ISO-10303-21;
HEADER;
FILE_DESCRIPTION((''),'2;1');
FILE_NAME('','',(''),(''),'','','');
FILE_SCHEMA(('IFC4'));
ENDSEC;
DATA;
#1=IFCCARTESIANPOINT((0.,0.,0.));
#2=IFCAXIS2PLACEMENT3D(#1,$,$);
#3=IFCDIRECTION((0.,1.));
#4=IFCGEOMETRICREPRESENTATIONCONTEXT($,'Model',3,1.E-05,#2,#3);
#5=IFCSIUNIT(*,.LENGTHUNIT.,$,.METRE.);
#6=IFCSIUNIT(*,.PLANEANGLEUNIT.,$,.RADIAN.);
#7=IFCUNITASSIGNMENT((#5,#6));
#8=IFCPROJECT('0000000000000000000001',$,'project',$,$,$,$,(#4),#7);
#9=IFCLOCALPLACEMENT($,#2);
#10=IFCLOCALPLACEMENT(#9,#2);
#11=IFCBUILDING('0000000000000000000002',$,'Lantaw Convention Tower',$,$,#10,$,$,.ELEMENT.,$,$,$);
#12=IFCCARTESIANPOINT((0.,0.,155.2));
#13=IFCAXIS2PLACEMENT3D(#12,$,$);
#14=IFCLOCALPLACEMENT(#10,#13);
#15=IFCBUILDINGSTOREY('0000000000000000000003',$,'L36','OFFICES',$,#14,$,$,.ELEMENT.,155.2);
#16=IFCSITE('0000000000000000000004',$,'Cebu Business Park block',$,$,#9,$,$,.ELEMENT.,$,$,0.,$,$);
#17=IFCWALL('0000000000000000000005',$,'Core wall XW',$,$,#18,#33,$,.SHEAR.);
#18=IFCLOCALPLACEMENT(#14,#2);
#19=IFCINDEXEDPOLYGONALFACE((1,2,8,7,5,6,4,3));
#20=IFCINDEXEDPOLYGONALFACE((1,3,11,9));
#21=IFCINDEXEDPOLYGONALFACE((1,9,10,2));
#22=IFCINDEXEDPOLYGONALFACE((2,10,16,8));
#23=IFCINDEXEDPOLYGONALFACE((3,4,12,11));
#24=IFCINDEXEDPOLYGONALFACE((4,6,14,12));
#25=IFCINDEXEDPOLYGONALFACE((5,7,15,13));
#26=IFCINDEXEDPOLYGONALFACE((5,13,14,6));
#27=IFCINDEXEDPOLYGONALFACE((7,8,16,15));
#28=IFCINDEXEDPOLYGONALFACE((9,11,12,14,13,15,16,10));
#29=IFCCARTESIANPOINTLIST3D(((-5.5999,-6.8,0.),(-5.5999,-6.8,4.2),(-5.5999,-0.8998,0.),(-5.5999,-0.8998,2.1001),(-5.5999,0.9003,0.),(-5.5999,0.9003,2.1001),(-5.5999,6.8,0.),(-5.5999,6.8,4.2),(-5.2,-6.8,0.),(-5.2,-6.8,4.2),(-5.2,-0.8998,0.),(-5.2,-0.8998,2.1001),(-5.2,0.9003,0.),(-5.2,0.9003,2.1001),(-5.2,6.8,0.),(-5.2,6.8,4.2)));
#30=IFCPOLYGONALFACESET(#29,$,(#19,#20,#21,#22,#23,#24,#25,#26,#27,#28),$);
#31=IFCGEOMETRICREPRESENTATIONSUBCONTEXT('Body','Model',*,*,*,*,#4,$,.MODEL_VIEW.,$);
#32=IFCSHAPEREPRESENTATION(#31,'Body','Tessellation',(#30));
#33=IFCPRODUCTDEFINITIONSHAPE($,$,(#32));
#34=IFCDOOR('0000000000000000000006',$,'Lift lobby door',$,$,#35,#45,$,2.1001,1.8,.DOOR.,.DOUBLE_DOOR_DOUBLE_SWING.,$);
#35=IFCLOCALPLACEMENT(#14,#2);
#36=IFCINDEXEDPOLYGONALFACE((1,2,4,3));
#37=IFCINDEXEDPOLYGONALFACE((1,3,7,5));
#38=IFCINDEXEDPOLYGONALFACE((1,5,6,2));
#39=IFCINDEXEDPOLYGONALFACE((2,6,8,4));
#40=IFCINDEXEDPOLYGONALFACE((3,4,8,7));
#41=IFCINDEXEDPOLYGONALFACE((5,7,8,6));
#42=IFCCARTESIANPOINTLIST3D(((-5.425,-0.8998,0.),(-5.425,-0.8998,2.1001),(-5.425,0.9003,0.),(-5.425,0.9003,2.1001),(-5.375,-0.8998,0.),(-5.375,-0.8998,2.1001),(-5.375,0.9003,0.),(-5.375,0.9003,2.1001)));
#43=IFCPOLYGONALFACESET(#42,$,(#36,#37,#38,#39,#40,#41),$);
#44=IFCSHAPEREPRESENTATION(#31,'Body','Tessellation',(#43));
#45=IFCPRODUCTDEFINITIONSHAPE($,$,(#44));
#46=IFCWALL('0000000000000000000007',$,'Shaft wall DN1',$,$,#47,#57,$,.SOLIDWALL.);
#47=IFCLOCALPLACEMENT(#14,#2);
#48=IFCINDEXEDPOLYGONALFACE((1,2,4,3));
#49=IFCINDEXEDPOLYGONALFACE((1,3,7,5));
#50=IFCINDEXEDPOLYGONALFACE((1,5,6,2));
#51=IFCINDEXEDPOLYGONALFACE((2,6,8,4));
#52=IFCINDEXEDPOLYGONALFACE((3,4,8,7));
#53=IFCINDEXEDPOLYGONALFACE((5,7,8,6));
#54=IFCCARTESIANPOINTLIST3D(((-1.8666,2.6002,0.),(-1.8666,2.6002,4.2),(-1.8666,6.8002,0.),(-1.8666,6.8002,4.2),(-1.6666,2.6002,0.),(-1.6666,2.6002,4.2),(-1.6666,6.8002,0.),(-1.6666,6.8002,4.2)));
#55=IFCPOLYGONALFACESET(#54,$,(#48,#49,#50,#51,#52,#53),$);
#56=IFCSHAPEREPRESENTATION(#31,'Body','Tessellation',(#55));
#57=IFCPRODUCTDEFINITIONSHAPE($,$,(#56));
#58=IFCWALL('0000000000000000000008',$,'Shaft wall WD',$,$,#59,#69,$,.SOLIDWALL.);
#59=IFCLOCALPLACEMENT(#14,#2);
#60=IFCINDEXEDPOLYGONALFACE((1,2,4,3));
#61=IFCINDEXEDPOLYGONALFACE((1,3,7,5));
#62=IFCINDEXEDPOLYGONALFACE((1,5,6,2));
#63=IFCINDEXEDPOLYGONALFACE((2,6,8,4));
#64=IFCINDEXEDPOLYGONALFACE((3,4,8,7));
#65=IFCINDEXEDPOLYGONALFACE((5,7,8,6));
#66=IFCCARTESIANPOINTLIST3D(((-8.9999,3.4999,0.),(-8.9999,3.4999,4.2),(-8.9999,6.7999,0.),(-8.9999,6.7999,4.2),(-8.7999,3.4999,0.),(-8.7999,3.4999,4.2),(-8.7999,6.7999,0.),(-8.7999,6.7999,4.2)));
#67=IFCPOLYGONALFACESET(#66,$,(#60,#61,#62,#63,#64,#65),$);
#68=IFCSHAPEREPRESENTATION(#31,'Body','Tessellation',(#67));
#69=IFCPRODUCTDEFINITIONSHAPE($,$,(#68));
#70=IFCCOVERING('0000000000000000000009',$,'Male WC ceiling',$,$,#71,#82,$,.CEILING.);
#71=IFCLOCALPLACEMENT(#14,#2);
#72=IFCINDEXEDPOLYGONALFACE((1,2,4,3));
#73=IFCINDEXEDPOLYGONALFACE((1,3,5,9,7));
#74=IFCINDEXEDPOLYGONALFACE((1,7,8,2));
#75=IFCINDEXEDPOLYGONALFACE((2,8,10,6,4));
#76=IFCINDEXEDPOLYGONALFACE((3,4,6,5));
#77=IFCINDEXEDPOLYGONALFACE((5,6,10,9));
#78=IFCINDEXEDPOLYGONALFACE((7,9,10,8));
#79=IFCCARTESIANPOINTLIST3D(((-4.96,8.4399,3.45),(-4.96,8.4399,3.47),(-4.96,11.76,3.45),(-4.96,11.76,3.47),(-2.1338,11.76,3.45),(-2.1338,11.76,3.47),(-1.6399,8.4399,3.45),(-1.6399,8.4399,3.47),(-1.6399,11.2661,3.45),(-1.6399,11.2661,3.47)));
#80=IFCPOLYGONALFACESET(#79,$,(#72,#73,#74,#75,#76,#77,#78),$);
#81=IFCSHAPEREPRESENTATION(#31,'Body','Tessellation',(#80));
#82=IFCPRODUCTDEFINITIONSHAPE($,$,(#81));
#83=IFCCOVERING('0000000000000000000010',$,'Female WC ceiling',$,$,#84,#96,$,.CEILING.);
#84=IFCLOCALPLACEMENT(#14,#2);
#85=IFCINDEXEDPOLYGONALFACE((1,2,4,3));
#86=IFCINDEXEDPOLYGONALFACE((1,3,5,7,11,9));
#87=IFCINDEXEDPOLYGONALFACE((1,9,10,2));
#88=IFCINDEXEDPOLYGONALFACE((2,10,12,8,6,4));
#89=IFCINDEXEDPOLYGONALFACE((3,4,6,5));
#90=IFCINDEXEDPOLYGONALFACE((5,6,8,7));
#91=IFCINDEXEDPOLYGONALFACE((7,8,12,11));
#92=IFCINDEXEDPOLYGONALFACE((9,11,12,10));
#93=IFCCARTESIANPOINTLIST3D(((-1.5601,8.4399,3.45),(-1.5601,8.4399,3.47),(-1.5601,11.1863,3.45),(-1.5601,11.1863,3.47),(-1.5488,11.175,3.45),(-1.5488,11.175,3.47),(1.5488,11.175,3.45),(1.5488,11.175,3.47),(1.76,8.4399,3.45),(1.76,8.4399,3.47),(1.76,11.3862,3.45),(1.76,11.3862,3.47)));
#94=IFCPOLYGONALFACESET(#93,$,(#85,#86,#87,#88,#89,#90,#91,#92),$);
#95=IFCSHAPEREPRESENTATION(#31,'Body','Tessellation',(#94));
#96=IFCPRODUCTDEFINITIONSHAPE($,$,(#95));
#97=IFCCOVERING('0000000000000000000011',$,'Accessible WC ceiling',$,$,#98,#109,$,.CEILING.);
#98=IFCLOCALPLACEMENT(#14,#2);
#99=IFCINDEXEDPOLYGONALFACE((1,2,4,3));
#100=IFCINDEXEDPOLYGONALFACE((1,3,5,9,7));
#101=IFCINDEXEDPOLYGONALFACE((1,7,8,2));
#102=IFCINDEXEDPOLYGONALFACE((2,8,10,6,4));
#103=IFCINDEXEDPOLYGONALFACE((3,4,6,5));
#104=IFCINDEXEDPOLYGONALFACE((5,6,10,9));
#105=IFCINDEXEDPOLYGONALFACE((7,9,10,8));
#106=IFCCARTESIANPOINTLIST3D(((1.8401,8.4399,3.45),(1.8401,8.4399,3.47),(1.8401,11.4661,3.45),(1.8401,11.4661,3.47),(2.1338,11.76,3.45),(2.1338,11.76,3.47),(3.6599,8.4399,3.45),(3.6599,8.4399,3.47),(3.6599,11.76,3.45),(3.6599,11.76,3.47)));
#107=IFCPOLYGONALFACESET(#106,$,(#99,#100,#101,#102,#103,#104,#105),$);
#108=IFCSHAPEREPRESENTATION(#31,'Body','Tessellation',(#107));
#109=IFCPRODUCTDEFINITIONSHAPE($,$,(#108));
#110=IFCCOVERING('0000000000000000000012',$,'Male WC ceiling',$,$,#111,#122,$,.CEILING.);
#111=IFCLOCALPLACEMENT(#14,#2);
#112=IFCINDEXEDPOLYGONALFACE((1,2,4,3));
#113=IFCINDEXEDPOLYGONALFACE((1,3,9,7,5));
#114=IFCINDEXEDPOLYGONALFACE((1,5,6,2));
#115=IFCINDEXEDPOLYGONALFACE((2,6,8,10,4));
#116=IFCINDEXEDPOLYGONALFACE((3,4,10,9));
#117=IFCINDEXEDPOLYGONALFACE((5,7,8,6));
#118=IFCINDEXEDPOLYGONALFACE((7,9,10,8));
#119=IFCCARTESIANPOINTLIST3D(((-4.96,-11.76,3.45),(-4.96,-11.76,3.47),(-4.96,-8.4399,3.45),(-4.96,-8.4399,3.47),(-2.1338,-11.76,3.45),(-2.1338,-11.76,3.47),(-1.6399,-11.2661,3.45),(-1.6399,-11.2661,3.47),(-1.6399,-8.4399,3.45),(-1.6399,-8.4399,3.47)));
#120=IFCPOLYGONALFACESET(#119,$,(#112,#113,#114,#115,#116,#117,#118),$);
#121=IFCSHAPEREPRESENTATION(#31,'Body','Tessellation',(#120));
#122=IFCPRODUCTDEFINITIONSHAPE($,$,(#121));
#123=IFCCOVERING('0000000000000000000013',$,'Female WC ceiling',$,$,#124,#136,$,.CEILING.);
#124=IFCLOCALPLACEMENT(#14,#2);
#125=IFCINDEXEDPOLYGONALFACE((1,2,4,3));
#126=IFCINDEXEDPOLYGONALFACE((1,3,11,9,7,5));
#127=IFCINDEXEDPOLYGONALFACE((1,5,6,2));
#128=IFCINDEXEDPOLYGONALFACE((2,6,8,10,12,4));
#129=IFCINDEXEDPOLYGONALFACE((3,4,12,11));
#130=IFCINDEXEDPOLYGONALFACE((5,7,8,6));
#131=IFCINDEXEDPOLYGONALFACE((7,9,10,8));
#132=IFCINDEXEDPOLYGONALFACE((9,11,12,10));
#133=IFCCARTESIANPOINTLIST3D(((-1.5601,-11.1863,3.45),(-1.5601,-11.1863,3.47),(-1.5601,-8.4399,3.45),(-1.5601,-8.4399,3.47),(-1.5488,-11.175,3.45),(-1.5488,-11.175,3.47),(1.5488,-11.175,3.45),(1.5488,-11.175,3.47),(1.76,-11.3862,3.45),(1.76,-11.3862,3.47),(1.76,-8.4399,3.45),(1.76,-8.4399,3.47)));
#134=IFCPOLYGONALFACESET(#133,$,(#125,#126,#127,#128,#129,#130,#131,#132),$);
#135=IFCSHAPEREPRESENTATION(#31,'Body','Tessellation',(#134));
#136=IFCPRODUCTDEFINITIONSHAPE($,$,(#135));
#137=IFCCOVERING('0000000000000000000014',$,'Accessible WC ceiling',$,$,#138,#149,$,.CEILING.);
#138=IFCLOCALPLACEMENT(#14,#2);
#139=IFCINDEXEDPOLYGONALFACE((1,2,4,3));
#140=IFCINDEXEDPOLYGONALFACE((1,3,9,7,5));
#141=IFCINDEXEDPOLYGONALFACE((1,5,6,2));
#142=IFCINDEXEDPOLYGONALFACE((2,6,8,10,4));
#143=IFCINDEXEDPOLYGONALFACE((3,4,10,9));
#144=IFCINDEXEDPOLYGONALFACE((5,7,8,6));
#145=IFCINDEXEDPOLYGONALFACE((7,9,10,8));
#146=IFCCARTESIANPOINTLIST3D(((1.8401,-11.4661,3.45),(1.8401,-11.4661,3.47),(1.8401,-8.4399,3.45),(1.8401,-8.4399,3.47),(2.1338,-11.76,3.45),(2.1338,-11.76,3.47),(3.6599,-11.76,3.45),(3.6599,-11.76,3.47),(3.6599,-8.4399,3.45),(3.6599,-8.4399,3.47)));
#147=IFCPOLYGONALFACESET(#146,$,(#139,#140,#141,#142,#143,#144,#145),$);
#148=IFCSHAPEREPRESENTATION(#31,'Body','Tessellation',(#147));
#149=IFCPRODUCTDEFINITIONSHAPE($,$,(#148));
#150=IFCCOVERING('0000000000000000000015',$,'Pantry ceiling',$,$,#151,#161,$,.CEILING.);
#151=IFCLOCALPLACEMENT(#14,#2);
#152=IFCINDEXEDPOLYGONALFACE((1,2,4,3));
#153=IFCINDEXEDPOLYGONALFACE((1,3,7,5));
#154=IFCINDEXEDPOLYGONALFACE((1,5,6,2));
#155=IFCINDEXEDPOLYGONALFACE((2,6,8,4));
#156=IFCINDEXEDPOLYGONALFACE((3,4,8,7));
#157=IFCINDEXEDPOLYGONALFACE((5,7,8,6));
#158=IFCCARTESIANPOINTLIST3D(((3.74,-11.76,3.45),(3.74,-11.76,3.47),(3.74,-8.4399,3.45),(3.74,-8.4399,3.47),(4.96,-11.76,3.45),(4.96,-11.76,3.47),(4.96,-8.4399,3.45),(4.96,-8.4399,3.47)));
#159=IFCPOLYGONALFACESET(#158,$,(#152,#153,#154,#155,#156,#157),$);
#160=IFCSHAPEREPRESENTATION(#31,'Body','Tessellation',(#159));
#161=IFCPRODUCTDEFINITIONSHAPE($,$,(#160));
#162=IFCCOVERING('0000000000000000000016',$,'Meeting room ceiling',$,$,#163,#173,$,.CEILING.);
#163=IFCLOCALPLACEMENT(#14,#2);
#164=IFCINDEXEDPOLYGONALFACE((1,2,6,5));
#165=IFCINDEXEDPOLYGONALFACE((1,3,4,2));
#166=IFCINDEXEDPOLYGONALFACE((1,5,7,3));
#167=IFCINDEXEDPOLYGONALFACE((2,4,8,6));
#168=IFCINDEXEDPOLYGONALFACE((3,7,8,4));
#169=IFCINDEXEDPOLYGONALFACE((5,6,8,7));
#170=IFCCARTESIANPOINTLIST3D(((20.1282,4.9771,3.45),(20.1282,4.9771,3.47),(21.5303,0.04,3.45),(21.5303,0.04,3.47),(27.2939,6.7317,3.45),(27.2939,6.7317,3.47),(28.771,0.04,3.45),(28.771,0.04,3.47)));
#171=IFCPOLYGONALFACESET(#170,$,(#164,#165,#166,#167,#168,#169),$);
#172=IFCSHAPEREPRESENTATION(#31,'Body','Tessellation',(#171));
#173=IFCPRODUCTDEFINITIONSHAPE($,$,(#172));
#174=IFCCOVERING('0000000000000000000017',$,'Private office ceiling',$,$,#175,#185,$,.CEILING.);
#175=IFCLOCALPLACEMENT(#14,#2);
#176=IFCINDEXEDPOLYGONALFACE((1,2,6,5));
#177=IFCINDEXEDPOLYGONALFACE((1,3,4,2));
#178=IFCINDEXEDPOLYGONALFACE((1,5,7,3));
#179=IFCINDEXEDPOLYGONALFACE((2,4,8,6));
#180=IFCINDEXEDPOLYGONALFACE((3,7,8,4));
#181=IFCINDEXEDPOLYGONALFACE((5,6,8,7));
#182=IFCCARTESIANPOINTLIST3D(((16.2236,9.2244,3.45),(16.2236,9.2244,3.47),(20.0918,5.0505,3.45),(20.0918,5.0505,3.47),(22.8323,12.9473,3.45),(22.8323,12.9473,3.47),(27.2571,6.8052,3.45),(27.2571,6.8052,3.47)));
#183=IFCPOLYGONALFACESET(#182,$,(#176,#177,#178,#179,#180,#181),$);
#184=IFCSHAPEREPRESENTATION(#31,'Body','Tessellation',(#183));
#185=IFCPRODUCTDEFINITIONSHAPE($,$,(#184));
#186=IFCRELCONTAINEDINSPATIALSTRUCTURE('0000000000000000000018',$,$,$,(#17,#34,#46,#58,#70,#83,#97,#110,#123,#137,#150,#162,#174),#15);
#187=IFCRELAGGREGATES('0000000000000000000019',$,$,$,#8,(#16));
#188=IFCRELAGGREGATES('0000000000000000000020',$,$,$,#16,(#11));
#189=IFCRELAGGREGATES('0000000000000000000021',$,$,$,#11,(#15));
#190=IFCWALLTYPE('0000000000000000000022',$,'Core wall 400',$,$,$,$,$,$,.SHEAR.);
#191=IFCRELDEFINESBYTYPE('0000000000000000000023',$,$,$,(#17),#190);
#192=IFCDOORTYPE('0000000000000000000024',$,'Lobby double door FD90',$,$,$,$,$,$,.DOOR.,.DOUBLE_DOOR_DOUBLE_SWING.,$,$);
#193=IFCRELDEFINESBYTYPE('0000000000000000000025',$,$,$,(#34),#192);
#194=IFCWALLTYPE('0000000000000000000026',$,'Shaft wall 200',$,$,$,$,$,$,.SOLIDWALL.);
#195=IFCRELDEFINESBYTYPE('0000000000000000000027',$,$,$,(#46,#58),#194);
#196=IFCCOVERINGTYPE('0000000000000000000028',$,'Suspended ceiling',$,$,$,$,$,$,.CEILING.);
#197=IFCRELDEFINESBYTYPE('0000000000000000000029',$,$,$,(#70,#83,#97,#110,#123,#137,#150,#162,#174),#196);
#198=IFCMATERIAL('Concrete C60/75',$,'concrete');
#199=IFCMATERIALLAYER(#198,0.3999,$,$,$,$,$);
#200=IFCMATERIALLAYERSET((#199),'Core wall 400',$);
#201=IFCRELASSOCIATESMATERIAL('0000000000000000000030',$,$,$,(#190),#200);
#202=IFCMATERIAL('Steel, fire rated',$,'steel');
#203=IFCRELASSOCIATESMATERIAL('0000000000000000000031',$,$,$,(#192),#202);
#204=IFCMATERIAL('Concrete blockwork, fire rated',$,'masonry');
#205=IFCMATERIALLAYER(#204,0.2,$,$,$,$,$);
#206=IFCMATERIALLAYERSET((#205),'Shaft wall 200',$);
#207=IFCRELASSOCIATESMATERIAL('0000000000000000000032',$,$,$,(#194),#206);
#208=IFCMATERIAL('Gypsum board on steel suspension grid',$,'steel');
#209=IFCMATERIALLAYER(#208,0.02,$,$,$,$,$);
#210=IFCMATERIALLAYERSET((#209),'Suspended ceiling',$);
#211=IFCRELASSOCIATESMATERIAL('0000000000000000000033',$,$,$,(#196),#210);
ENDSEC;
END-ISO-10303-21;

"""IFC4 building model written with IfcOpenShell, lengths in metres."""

from ifc_helpers import new_model, si_unit, direction, frame, frame_2d, origin, place, context, subcontext, project, spatial, polyline, rectangle, outline, extrude, material, layer, layer_set, type_object, element, fill, save


model = new_model("IFC4")

# Units and contexts
model_context = context("Model", 3, precision=1e-05, world=origin(), true_north=direction((0.0, 1.0)))
body_context = subcontext(model_context, "Body", "Model", "MODEL_VIEW")
ifc_project = project(units=[si_unit("LENGTHUNIT", "METRE"), si_unit("PLANEANGLEUNIT", "RADIAN")], contexts=[model_context])

# Site, building, storey
site_placement = place(None, origin())
site = spatial("IfcSite", under=ifc_project, at=site_placement, Name="Cebu Business Park block", CompositionType="ELEMENT", RefElevation=0.0)
building_placement = place(site_placement, origin())
building = spatial("IfcBuilding", under=site, at=building_placement, Name="Lantaw Convention Tower", CompositionType="ELEMENT")
storey_placement = place(building_placement, frame((0.0, 0.0, 155.2)))
storey = spatial("IfcBuildingStorey", under=building, at=storey_placement, Name="L36", Description="OFFICES", CompositionType="ELEMENT", Elevation=155.2)

# Wall, opening, door
ifc_material_1 = material(Name="Concrete C60/75", Category="concrete")
ifc_layer_1 = layer(ifc_material_1, 0.3999)
ifc_layer_set_1 = layer_set([ifc_layer_1], Name="Core wall 400")
wall_type_1 = type_object("IfcWallType", Name="Core wall 400", PredefinedType="SHEAR", material=ifc_layer_set_1)
wall_1_placement = place(storey_placement, frame((-5.3999, 6.8, 0.0), z_axis=(0.0, 0.0, 1.0), x_axis=(0.0, -1.0, 0.0)))
wall_1 = element("IfcWall", 1, at=wall_1_placement, inside=storey, type_object=wall_type_1, Name="Core wall XW", PredefinedType="SHEAR", context=body_context, shape_type="SweptSolid", body=[
    extrude(rectangle(XDim=13.6001, YDim=0.3999, at=frame_2d((6.8, 0.0))), origin(), (0.0, 0.0, 1.0), 4.2),
])
opening_placement = place(wall_1_placement, frame((5.8999, 0.0, 0.0)))
opening = element("IfcOpeningElement", 2, at=opening_placement, cuts=wall_1, PredefinedType="OPENING", context=body_context, shape_type="SweptSolid", body=[
    extrude(rectangle(XDim=1.8, YDim=2.1001, at=frame_2d((0.8999, 1.05))), frame((0.0, 0.21, 0.0), z_axis=(0.0, -1.0, 0.0), x_axis=(1.0, 0.0, 0.0)), (0.0, 0.0, 1.0), 0.4199),
])
ifc_material_2 = material(Name="Steel, fire rated", Category="steel")
door_type = type_object("IfcDoorType", Name="Lobby double door FD90", OperationType="DOUBLE_DOOR_DOUBLE_SWING", PredefinedType="DOOR", material=ifc_material_2)
door_placement = place(opening_placement, origin())
door = element("IfcDoor", 3, at=door_placement, inside=storey, type_object=door_type, Name="Lift lobby door", OperationType="DOUBLE_DOOR_DOUBLE_SWING", OverallHeight=2.1001, OverallWidth=1.8, PredefinedType="DOOR", context=body_context, shape_type="SweptSolid", body=[
    extrude(rectangle(XDim=1.8, YDim=2.1001, at=frame_2d((0.8999, 1.05))), frame((0.0, 0.0249, 0.0), z_axis=(0.0, -1.0, 0.0), x_axis=(1.0, 0.0, 0.0)), (0.0, 0.0, 1.0), 0.05),
])
fill(opening, door)

# Walls
ifc_material_3 = material(Name="Concrete blockwork, fire rated", Category="masonry")
ifc_layer_2 = layer(ifc_material_3, 0.2)
ifc_layer_set_2 = layer_set([ifc_layer_2], Name="Shaft wall 200")
wall_type_2 = type_object("IfcWallType", Name="Shaft wall 200", PredefinedType="SOLIDWALL", material=ifc_layer_set_2)
wall_2_placement = place(storey_placement, frame((-1.7666, 2.6001, 0.0), z_axis=(0.0, 0.0, 1.0), x_axis=(0.0, 1.0, 0.0)))
element("IfcWall", 4, at=wall_2_placement, inside=storey, type_object=wall_type_2, Name="Shaft wall DN1", PredefinedType="SOLIDWALL", context=body_context, shape_type="SweptSolid", body=[
    extrude(rectangle(XDim=4.2, YDim=0.2, at=frame_2d((2.1001, 0.0))), origin(), (0.0, 0.0, 1.0), 4.2),
])
wall_3_placement = place(storey_placement, frame((-8.8999, 3.5, 0.0), z_axis=(0.0, 0.0, 1.0), x_axis=(0.0, 1.0, 0.0)))
element("IfcWall", 5, at=wall_3_placement, inside=storey, type_object=wall_type_2, Name="Shaft wall WD", PredefinedType="SOLIDWALL", context=body_context, shape_type="SweptSolid", body=[
    extrude(rectangle(XDim=3.3, YDim=0.2, at=frame_2d((1.6499, 0.0))), origin(), (0.0, 0.0, 1.0), 4.2),
])

# Coverings
ifc_material_4 = material(Name="Gypsum board on steel suspension grid", Category="steel")
ifc_layer_3 = layer(ifc_material_4, 0.02)
ifc_layer_set_3 = layer_set([ifc_layer_3], Name="Suspended ceiling")
covering_type = type_object("IfcCoveringType", Name="Suspended ceiling", PredefinedType="CEILING", material=ifc_layer_set_3)
covering_1_placement = place(storey_placement, frame((0.0, 0.0, 3.45)))
element("IfcCovering", 6, at=covering_1_placement, inside=storey, type_object=covering_type, Name="Male WC ceiling", PredefinedType="CEILING", context=body_context, shape_type="SweptSolid", body=[
    extrude(outline(polyline([(-4.96, 11.76), (-4.96, 8.4399), (-1.6399, 8.4399), (-1.6399, 11.2661), (-2.1338, 11.76), (-4.96, 11.76)])), origin(), (0.0, 0.0, 1.0), 0.02),
])
covering_2_placement = place(storey_placement, frame((0.0, 0.0, 3.45)))
element("IfcCovering", 7, at=covering_2_placement, inside=storey, type_object=covering_type, Name="Female WC ceiling", PredefinedType="CEILING", context=body_context, shape_type="SweptSolid", body=[
    extrude(outline(polyline([(-1.5601, 11.1863), (-1.5601, 8.4399), (1.76, 8.4399), (1.76, 11.3862), (1.5488, 11.175), (-1.5488, 11.175), (-1.5601, 11.1863)])), origin(), (0.0, 0.0, 1.0), 0.02),
])
covering_3_placement = place(storey_placement, frame((0.0, 0.0, 3.45)))
element("IfcCovering", 8, at=covering_3_placement, inside=storey, type_object=covering_type, Name="Accessible WC ceiling", PredefinedType="CEILING", context=body_context, shape_type="SweptSolid", body=[
    extrude(outline(polyline([(1.8401, 11.4661), (1.8401, 8.4399), (3.6599, 8.4399), (3.6599, 11.76), (2.1338, 11.76), (1.8401, 11.4661)])), origin(), (0.0, 0.0, 1.0), 0.02),
])
covering_4_placement = place(storey_placement, frame((0.0, 0.0, 3.45)))
element("IfcCovering", 9, at=covering_4_placement, inside=storey, type_object=covering_type, Name="Male WC ceiling", PredefinedType="CEILING", context=body_context, shape_type="SweptSolid", body=[
    extrude(outline(polyline([(-4.96, -8.4399), (-4.96, -11.76), (-2.1338, -11.76), (-1.6399, -11.2661), (-1.6399, -8.4399), (-4.96, -8.4399)])), origin(), (0.0, 0.0, 1.0), 0.02),
])
covering_5_placement = place(storey_placement, frame((0.0, 0.0, 3.45)))
element("IfcCovering", 10, at=covering_5_placement, inside=storey, type_object=covering_type, Name="Female WC ceiling", PredefinedType="CEILING", context=body_context, shape_type="SweptSolid", body=[
    extrude(outline(polyline([(-1.5601, -11.1863), (-1.5488, -11.175), (1.5488, -11.175), (1.76, -11.3862), (1.76, -8.4399), (-1.5601, -8.4399), (-1.5601, -11.1863)])), origin(), (0.0, 0.0, 1.0), 0.02),
])
covering_6_placement = place(storey_placement, frame((0.0, 0.0, 3.45)))
element("IfcCovering", 11, at=covering_6_placement, inside=storey, type_object=covering_type, Name="Accessible WC ceiling", PredefinedType="CEILING", context=body_context, shape_type="SweptSolid", body=[
    extrude(outline(polyline([(1.8401, -8.4399), (1.8401, -11.4661), (2.1338, -11.76), (3.6599, -11.76), (3.6599, -8.4399), (1.8401, -8.4399)])), origin(), (0.0, 0.0, 1.0), 0.02),
])
covering_7_placement = place(storey_placement, frame((0.0, 0.0, 3.45)))
element("IfcCovering", 12, at=covering_7_placement, inside=storey, type_object=covering_type, Name="Pantry ceiling", PredefinedType="CEILING", context=body_context, shape_type="SweptSolid", body=[
    extrude(outline(polyline([(3.74, -11.76), (4.96, -11.76), (4.96, -8.4399), (3.74, -8.4399), (3.74, -11.76)])), origin(), (0.0, 0.0, 1.0), 0.02),
])
covering_8_placement = place(storey_placement, frame((0.0, 0.0, 3.45)))
element("IfcCovering", 13, at=covering_8_placement, inside=storey, type_object=covering_type, Name="Meeting room ceiling", PredefinedType="CEILING", context=body_context, shape_type="SweptSolid", body=[
    extrude(outline(polyline([(21.5303, 0.04), (28.771, 0.04), (27.2939, 6.7317), (20.1282, 4.9771), (21.5303, 0.04)])), origin(), (0.0, 0.0, 1.0), 0.02),
])
covering_9_placement = place(storey_placement, frame((0.0, 0.0, 3.45)))
element("IfcCovering", 14, at=covering_9_placement, inside=storey, type_object=covering_type, Name="Private office ceiling", PredefinedType="CEILING", context=body_context, shape_type="SweptSolid", body=[
    extrude(outline(polyline([(20.0918, 5.0505), (27.2571, 6.8052), (22.8323, 12.9473), (16.2236, 9.2244), (20.0918, 5.0505)])), origin(), (0.0, 0.0, 1.0), 0.02),
])

save(model, "model.ifc")
